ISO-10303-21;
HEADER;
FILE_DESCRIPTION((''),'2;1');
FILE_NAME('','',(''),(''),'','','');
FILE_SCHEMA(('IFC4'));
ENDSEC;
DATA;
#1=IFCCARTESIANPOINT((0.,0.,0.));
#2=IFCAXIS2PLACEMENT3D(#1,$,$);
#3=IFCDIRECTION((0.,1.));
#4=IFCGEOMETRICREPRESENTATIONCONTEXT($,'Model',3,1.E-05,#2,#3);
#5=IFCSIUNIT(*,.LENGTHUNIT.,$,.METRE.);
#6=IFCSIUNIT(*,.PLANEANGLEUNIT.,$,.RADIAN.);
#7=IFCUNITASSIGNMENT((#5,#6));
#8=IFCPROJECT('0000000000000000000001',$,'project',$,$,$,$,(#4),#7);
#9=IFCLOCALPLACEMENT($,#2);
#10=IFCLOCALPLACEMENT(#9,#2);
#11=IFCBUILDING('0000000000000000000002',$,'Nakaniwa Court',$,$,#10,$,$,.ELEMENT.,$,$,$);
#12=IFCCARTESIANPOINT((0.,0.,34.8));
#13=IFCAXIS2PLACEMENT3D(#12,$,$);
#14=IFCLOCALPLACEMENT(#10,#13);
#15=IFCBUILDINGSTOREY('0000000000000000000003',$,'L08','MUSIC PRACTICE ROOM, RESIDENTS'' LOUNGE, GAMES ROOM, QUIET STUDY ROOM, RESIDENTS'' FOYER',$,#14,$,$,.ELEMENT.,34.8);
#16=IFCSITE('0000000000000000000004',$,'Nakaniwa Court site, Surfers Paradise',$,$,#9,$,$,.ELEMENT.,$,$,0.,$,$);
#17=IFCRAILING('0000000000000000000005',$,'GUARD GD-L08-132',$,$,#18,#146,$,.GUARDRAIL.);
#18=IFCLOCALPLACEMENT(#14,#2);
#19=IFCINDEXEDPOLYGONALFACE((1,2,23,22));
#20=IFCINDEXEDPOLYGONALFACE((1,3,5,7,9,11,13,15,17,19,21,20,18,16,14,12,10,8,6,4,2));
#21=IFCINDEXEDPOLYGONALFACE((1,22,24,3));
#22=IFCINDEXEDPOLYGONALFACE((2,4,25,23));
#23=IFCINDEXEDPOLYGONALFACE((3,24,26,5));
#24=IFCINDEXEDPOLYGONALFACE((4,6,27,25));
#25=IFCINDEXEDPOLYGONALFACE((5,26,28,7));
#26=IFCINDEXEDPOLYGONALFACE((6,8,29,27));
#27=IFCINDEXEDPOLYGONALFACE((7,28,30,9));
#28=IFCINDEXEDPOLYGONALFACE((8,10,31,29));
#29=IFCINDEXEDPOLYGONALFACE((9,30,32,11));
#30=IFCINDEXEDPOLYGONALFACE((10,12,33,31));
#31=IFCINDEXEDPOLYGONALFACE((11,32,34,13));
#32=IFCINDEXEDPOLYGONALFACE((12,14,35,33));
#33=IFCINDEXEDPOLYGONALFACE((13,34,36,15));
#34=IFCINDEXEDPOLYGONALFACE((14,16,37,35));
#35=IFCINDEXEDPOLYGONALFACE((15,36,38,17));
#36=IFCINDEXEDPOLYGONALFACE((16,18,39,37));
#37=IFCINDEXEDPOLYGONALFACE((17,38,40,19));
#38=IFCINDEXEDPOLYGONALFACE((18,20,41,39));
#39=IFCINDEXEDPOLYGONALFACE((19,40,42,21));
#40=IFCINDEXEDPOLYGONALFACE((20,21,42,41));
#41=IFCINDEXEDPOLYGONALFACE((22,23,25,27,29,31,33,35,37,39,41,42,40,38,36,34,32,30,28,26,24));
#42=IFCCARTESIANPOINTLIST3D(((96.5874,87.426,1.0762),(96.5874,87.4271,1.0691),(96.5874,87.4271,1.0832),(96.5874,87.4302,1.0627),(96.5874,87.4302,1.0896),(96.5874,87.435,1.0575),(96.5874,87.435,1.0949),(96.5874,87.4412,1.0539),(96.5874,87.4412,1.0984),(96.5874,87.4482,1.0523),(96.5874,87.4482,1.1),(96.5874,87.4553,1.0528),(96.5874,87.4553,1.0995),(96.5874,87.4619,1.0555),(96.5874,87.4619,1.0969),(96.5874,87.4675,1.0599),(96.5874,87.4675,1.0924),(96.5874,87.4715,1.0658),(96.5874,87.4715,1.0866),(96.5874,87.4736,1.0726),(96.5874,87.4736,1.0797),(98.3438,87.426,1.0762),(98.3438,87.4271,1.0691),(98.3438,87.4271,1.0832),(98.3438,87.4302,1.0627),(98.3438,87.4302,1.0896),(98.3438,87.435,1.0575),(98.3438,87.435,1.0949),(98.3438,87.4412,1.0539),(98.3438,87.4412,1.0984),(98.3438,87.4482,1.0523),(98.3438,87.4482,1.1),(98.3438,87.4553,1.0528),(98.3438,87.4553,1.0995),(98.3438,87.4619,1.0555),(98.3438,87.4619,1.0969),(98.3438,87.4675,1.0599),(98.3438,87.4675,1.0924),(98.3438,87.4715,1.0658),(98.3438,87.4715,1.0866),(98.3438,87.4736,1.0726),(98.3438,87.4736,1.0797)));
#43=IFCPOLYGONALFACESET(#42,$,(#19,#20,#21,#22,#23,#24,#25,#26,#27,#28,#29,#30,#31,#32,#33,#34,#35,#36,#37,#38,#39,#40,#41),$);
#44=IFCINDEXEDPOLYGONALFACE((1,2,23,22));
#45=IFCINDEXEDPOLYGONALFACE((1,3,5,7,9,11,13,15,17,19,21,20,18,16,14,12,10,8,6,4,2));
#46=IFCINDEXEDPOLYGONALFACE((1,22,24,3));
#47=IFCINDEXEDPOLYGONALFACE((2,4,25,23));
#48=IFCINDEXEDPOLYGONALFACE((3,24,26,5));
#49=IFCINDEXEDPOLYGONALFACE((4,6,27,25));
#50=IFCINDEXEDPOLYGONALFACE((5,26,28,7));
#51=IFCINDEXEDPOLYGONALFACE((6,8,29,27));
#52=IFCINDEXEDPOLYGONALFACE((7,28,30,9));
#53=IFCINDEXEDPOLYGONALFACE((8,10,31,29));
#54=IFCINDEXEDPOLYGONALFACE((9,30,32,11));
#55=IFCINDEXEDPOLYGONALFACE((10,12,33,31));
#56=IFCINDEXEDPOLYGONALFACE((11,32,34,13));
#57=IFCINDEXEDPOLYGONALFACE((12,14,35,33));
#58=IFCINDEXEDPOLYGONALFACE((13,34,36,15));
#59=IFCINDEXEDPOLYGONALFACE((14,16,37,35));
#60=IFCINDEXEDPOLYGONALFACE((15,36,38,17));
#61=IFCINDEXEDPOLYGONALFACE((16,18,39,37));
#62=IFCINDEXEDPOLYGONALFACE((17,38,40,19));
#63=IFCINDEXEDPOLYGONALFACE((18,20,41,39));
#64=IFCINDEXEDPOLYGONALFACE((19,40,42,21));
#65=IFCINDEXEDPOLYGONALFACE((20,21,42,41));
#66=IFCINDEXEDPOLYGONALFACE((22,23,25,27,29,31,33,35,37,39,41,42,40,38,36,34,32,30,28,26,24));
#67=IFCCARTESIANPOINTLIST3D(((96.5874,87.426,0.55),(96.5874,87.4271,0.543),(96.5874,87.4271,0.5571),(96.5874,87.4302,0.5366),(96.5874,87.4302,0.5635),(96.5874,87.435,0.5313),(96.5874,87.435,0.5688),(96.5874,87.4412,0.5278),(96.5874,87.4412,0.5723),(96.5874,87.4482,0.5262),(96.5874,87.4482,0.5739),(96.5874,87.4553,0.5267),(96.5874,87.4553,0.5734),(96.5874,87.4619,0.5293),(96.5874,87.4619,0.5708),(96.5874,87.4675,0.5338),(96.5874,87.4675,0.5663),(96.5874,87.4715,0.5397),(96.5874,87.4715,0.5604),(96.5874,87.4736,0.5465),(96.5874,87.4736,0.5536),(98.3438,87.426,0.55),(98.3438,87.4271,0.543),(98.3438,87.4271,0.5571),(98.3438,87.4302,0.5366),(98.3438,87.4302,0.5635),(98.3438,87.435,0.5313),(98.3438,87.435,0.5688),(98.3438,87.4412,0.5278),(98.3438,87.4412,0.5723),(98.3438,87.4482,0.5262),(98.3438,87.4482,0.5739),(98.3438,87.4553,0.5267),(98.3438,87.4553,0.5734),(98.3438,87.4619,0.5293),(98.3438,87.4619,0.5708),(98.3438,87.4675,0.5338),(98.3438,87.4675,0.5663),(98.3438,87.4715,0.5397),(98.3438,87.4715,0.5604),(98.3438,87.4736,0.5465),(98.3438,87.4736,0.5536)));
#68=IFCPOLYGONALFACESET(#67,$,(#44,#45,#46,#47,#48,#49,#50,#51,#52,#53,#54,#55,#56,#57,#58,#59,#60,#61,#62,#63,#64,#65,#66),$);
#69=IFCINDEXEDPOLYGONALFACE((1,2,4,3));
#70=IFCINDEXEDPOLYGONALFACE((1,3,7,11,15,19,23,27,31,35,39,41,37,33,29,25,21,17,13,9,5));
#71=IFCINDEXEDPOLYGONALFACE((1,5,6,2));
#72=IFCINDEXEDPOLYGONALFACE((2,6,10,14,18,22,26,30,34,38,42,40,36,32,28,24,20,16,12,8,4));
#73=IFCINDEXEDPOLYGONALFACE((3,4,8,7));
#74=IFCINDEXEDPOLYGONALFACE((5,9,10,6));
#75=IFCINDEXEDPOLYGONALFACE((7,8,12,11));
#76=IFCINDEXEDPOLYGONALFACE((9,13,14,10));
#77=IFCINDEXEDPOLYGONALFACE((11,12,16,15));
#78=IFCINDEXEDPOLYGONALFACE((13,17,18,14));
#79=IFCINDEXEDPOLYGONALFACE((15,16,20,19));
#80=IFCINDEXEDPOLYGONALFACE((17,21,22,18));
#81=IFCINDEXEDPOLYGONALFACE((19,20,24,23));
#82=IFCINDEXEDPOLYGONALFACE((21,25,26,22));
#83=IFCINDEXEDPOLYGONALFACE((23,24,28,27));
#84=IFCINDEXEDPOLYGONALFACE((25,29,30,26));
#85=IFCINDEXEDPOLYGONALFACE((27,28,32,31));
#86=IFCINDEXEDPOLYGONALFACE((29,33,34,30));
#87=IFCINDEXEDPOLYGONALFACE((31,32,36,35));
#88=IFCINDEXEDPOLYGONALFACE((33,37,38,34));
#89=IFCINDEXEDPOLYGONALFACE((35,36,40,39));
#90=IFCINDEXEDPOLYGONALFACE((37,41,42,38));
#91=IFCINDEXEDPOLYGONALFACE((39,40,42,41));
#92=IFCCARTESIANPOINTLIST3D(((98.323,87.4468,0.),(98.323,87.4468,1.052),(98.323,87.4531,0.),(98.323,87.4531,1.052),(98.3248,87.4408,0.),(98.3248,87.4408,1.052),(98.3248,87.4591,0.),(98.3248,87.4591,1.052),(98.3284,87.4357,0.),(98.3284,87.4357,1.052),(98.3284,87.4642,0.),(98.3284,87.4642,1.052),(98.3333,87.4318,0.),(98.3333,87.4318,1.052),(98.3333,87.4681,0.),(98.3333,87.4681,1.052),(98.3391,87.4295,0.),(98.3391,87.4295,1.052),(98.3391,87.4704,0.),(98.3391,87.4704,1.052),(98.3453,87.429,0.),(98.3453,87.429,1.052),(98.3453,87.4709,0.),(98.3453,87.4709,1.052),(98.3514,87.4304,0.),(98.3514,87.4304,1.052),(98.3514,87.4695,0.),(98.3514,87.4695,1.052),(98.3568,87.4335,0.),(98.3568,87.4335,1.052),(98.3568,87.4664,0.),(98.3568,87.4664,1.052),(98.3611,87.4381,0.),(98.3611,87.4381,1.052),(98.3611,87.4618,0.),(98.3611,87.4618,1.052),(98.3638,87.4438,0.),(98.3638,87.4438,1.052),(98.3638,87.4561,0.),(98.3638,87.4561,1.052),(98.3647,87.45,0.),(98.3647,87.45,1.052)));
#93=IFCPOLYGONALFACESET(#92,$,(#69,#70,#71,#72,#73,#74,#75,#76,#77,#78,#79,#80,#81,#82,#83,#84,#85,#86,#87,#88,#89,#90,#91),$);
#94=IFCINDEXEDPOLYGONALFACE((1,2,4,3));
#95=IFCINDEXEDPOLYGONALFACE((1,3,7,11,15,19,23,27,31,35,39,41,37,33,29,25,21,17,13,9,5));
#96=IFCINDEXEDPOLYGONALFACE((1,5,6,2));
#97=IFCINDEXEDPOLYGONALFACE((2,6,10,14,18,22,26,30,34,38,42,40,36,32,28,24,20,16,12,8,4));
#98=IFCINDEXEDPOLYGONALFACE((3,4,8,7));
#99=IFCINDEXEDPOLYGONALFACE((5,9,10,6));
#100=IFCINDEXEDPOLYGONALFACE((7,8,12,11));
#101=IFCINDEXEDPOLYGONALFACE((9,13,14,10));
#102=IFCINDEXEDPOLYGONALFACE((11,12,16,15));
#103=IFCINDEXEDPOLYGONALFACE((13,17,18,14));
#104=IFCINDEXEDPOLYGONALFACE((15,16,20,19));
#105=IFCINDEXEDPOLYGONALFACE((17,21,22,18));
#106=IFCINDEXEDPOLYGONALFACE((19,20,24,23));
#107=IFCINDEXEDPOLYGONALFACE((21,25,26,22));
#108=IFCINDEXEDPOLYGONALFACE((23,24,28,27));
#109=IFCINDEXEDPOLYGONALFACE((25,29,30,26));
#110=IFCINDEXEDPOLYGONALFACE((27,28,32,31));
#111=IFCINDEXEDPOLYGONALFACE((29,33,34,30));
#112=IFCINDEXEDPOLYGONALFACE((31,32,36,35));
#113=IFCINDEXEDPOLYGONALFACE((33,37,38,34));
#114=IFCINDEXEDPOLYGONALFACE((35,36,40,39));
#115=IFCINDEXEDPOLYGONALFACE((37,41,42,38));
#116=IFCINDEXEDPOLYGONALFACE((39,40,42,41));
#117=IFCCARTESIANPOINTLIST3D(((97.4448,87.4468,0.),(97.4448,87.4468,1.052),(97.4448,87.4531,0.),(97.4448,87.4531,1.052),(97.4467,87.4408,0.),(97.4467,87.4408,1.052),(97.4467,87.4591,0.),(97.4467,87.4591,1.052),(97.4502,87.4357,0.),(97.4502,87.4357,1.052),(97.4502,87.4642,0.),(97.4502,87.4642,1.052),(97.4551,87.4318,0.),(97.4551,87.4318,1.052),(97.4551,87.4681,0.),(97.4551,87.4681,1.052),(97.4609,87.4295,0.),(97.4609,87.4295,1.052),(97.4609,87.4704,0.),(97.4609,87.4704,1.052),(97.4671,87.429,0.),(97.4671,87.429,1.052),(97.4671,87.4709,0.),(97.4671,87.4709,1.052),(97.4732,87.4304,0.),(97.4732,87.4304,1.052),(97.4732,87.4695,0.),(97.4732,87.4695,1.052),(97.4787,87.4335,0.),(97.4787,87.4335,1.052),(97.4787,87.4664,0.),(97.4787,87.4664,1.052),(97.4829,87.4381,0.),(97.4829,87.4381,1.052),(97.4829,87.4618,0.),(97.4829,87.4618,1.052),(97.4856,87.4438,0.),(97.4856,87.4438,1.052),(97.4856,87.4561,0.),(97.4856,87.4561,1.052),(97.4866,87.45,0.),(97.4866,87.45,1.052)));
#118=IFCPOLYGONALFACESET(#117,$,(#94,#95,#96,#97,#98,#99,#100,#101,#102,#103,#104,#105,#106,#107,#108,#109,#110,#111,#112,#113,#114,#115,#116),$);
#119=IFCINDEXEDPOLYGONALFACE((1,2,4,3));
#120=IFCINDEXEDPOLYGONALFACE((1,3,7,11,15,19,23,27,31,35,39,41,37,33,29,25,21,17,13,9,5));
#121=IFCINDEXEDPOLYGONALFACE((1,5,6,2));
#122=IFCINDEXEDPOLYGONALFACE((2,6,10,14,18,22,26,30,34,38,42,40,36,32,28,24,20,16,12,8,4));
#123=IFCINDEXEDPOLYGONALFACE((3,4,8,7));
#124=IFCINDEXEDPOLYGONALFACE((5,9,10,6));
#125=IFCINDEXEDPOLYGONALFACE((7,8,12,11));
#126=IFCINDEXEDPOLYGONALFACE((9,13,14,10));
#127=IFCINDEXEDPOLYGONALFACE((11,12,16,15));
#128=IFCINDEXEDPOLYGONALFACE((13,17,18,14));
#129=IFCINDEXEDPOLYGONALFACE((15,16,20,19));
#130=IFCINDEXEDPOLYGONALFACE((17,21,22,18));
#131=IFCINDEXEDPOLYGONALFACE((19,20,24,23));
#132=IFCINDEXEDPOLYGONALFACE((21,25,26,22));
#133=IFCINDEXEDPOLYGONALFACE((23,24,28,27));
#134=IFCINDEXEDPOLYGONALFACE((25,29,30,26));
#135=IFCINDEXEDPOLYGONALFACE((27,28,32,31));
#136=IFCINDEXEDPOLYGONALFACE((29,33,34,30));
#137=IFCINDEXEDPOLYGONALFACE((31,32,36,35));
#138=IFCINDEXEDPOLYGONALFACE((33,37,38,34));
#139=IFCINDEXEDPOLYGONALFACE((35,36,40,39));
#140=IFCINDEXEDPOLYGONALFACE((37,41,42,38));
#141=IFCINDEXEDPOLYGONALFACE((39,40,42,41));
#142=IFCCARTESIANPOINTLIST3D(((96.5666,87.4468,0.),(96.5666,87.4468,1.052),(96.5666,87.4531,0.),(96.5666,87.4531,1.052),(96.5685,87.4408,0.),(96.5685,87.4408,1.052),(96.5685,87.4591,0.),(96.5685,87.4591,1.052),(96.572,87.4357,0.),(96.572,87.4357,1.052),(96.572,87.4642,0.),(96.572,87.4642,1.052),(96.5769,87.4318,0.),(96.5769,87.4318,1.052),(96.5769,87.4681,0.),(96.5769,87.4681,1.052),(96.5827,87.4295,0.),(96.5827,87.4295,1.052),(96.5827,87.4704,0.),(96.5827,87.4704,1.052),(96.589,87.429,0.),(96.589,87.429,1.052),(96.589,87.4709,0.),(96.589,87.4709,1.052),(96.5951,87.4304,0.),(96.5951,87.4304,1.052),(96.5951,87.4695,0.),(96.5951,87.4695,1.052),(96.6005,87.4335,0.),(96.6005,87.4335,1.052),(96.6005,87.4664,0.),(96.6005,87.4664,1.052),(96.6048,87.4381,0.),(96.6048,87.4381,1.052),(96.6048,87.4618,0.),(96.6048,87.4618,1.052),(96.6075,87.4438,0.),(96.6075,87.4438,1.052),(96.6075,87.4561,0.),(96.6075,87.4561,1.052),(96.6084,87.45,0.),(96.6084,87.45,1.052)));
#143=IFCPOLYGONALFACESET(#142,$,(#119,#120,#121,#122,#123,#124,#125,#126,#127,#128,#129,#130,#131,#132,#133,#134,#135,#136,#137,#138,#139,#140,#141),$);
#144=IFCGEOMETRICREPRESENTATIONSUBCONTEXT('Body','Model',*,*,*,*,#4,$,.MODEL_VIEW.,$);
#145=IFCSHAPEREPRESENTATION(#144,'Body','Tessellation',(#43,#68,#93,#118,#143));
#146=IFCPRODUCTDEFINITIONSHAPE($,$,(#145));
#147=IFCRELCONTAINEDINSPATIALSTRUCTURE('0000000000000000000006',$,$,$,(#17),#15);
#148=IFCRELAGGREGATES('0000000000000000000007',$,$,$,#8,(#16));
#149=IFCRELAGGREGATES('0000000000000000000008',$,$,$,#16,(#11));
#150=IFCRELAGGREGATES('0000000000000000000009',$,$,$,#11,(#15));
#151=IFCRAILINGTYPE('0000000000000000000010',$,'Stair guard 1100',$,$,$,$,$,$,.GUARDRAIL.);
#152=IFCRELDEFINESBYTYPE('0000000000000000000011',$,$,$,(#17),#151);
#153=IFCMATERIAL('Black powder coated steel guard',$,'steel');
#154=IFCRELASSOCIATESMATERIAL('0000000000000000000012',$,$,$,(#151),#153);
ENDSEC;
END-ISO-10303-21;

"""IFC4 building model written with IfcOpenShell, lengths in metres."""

from ifc_helpers import new_model, si_unit, direction, frame, origin, origin_2d, place, context, subcontext, project, spatial, circle, extrude, material, type_object, element, save


model = new_model("IFC4")

# Units and contexts
model_context = context("Model", 3, precision=1e-05, world=origin(), true_north=direction((0.0, 1.0)))
body_context = subcontext(model_context, "Body", "Model", "MODEL_VIEW")
ifc_project = project(units=[si_unit("LENGTHUNIT", "METRE"), si_unit("PLANEANGLEUNIT", "RADIAN")], contexts=[model_context])

# Site, building, storey
site_placement = place(None, origin())
site = spatial("IfcSite", under=ifc_project, at=site_placement, Name="Nakaniwa Court site, Surfers Paradise", CompositionType="ELEMENT", RefElevation=0.0)
building_placement = place(site_placement, origin())
building = spatial("IfcBuilding", under=site, at=building_placement, Name="Nakaniwa Court", CompositionType="ELEMENT")
storey_placement = place(building_placement, frame((0.0, 0.0, 34.8)))
storey = spatial("IfcBuildingStorey", under=building, at=storey_placement, Name="L08", Description="MUSIC PRACTICE ROOM, RESIDENTS' LOUNGE, GAMES ROOM, QUIET STUDY ROOM, RESIDENTS' FOYER", CompositionType="ELEMENT", Elevation=34.8)

# Railing
ifc_material_1 = material(Name="Black powder coated steel guard", Category="steel")
railing_type = type_object("IfcRailingType", Name="Stair guard 1100", PredefinedType="GUARDRAIL", material=ifc_material_1)
railing_1_placement = place(storey_placement, frame((98.3438, 87.45, 0.0)))
element("IfcRailing", 1, at=railing_1_placement, inside=storey, type_object=railing_type, Name="GUARD GD-L08-132", PredefinedType="GUARDRAIL", context=body_context, shape_type="SweptSolid", body=[
    extrude(circle(Radius=0.0239, at=origin_2d()), frame((0.0, 0.0, 1.0762), z_axis=(-1.0, 0.0, 0.0), x_axis=(0.0, -1.0, 0.0)), (0.0, 0.0, 1.0), 1.7563),
    extrude(circle(Radius=0.0239, at=origin_2d()), frame((0.0, 0.0, 0.55), z_axis=(-1.0, 0.0, 0.0), x_axis=(0.0, -1.0, 0.0)), (0.0, 0.0, 1.0), 1.7563),
    extrude(circle(Radius=0.021, at=origin_2d()), origin(), (0.0, 0.0, 1.0), 1.052),
    extrude(circle(Radius=0.021, at=origin_2d()), frame((-0.8782, 0.0, 0.0)), (0.0, 0.0, 1.0), 1.052),
    extrude(circle(Radius=0.021, at=origin_2d()), frame((-1.7563, 0.0, 0.0)), (0.0, 0.0, 1.0), 1.052),
])

save(model, "model.ifc")
